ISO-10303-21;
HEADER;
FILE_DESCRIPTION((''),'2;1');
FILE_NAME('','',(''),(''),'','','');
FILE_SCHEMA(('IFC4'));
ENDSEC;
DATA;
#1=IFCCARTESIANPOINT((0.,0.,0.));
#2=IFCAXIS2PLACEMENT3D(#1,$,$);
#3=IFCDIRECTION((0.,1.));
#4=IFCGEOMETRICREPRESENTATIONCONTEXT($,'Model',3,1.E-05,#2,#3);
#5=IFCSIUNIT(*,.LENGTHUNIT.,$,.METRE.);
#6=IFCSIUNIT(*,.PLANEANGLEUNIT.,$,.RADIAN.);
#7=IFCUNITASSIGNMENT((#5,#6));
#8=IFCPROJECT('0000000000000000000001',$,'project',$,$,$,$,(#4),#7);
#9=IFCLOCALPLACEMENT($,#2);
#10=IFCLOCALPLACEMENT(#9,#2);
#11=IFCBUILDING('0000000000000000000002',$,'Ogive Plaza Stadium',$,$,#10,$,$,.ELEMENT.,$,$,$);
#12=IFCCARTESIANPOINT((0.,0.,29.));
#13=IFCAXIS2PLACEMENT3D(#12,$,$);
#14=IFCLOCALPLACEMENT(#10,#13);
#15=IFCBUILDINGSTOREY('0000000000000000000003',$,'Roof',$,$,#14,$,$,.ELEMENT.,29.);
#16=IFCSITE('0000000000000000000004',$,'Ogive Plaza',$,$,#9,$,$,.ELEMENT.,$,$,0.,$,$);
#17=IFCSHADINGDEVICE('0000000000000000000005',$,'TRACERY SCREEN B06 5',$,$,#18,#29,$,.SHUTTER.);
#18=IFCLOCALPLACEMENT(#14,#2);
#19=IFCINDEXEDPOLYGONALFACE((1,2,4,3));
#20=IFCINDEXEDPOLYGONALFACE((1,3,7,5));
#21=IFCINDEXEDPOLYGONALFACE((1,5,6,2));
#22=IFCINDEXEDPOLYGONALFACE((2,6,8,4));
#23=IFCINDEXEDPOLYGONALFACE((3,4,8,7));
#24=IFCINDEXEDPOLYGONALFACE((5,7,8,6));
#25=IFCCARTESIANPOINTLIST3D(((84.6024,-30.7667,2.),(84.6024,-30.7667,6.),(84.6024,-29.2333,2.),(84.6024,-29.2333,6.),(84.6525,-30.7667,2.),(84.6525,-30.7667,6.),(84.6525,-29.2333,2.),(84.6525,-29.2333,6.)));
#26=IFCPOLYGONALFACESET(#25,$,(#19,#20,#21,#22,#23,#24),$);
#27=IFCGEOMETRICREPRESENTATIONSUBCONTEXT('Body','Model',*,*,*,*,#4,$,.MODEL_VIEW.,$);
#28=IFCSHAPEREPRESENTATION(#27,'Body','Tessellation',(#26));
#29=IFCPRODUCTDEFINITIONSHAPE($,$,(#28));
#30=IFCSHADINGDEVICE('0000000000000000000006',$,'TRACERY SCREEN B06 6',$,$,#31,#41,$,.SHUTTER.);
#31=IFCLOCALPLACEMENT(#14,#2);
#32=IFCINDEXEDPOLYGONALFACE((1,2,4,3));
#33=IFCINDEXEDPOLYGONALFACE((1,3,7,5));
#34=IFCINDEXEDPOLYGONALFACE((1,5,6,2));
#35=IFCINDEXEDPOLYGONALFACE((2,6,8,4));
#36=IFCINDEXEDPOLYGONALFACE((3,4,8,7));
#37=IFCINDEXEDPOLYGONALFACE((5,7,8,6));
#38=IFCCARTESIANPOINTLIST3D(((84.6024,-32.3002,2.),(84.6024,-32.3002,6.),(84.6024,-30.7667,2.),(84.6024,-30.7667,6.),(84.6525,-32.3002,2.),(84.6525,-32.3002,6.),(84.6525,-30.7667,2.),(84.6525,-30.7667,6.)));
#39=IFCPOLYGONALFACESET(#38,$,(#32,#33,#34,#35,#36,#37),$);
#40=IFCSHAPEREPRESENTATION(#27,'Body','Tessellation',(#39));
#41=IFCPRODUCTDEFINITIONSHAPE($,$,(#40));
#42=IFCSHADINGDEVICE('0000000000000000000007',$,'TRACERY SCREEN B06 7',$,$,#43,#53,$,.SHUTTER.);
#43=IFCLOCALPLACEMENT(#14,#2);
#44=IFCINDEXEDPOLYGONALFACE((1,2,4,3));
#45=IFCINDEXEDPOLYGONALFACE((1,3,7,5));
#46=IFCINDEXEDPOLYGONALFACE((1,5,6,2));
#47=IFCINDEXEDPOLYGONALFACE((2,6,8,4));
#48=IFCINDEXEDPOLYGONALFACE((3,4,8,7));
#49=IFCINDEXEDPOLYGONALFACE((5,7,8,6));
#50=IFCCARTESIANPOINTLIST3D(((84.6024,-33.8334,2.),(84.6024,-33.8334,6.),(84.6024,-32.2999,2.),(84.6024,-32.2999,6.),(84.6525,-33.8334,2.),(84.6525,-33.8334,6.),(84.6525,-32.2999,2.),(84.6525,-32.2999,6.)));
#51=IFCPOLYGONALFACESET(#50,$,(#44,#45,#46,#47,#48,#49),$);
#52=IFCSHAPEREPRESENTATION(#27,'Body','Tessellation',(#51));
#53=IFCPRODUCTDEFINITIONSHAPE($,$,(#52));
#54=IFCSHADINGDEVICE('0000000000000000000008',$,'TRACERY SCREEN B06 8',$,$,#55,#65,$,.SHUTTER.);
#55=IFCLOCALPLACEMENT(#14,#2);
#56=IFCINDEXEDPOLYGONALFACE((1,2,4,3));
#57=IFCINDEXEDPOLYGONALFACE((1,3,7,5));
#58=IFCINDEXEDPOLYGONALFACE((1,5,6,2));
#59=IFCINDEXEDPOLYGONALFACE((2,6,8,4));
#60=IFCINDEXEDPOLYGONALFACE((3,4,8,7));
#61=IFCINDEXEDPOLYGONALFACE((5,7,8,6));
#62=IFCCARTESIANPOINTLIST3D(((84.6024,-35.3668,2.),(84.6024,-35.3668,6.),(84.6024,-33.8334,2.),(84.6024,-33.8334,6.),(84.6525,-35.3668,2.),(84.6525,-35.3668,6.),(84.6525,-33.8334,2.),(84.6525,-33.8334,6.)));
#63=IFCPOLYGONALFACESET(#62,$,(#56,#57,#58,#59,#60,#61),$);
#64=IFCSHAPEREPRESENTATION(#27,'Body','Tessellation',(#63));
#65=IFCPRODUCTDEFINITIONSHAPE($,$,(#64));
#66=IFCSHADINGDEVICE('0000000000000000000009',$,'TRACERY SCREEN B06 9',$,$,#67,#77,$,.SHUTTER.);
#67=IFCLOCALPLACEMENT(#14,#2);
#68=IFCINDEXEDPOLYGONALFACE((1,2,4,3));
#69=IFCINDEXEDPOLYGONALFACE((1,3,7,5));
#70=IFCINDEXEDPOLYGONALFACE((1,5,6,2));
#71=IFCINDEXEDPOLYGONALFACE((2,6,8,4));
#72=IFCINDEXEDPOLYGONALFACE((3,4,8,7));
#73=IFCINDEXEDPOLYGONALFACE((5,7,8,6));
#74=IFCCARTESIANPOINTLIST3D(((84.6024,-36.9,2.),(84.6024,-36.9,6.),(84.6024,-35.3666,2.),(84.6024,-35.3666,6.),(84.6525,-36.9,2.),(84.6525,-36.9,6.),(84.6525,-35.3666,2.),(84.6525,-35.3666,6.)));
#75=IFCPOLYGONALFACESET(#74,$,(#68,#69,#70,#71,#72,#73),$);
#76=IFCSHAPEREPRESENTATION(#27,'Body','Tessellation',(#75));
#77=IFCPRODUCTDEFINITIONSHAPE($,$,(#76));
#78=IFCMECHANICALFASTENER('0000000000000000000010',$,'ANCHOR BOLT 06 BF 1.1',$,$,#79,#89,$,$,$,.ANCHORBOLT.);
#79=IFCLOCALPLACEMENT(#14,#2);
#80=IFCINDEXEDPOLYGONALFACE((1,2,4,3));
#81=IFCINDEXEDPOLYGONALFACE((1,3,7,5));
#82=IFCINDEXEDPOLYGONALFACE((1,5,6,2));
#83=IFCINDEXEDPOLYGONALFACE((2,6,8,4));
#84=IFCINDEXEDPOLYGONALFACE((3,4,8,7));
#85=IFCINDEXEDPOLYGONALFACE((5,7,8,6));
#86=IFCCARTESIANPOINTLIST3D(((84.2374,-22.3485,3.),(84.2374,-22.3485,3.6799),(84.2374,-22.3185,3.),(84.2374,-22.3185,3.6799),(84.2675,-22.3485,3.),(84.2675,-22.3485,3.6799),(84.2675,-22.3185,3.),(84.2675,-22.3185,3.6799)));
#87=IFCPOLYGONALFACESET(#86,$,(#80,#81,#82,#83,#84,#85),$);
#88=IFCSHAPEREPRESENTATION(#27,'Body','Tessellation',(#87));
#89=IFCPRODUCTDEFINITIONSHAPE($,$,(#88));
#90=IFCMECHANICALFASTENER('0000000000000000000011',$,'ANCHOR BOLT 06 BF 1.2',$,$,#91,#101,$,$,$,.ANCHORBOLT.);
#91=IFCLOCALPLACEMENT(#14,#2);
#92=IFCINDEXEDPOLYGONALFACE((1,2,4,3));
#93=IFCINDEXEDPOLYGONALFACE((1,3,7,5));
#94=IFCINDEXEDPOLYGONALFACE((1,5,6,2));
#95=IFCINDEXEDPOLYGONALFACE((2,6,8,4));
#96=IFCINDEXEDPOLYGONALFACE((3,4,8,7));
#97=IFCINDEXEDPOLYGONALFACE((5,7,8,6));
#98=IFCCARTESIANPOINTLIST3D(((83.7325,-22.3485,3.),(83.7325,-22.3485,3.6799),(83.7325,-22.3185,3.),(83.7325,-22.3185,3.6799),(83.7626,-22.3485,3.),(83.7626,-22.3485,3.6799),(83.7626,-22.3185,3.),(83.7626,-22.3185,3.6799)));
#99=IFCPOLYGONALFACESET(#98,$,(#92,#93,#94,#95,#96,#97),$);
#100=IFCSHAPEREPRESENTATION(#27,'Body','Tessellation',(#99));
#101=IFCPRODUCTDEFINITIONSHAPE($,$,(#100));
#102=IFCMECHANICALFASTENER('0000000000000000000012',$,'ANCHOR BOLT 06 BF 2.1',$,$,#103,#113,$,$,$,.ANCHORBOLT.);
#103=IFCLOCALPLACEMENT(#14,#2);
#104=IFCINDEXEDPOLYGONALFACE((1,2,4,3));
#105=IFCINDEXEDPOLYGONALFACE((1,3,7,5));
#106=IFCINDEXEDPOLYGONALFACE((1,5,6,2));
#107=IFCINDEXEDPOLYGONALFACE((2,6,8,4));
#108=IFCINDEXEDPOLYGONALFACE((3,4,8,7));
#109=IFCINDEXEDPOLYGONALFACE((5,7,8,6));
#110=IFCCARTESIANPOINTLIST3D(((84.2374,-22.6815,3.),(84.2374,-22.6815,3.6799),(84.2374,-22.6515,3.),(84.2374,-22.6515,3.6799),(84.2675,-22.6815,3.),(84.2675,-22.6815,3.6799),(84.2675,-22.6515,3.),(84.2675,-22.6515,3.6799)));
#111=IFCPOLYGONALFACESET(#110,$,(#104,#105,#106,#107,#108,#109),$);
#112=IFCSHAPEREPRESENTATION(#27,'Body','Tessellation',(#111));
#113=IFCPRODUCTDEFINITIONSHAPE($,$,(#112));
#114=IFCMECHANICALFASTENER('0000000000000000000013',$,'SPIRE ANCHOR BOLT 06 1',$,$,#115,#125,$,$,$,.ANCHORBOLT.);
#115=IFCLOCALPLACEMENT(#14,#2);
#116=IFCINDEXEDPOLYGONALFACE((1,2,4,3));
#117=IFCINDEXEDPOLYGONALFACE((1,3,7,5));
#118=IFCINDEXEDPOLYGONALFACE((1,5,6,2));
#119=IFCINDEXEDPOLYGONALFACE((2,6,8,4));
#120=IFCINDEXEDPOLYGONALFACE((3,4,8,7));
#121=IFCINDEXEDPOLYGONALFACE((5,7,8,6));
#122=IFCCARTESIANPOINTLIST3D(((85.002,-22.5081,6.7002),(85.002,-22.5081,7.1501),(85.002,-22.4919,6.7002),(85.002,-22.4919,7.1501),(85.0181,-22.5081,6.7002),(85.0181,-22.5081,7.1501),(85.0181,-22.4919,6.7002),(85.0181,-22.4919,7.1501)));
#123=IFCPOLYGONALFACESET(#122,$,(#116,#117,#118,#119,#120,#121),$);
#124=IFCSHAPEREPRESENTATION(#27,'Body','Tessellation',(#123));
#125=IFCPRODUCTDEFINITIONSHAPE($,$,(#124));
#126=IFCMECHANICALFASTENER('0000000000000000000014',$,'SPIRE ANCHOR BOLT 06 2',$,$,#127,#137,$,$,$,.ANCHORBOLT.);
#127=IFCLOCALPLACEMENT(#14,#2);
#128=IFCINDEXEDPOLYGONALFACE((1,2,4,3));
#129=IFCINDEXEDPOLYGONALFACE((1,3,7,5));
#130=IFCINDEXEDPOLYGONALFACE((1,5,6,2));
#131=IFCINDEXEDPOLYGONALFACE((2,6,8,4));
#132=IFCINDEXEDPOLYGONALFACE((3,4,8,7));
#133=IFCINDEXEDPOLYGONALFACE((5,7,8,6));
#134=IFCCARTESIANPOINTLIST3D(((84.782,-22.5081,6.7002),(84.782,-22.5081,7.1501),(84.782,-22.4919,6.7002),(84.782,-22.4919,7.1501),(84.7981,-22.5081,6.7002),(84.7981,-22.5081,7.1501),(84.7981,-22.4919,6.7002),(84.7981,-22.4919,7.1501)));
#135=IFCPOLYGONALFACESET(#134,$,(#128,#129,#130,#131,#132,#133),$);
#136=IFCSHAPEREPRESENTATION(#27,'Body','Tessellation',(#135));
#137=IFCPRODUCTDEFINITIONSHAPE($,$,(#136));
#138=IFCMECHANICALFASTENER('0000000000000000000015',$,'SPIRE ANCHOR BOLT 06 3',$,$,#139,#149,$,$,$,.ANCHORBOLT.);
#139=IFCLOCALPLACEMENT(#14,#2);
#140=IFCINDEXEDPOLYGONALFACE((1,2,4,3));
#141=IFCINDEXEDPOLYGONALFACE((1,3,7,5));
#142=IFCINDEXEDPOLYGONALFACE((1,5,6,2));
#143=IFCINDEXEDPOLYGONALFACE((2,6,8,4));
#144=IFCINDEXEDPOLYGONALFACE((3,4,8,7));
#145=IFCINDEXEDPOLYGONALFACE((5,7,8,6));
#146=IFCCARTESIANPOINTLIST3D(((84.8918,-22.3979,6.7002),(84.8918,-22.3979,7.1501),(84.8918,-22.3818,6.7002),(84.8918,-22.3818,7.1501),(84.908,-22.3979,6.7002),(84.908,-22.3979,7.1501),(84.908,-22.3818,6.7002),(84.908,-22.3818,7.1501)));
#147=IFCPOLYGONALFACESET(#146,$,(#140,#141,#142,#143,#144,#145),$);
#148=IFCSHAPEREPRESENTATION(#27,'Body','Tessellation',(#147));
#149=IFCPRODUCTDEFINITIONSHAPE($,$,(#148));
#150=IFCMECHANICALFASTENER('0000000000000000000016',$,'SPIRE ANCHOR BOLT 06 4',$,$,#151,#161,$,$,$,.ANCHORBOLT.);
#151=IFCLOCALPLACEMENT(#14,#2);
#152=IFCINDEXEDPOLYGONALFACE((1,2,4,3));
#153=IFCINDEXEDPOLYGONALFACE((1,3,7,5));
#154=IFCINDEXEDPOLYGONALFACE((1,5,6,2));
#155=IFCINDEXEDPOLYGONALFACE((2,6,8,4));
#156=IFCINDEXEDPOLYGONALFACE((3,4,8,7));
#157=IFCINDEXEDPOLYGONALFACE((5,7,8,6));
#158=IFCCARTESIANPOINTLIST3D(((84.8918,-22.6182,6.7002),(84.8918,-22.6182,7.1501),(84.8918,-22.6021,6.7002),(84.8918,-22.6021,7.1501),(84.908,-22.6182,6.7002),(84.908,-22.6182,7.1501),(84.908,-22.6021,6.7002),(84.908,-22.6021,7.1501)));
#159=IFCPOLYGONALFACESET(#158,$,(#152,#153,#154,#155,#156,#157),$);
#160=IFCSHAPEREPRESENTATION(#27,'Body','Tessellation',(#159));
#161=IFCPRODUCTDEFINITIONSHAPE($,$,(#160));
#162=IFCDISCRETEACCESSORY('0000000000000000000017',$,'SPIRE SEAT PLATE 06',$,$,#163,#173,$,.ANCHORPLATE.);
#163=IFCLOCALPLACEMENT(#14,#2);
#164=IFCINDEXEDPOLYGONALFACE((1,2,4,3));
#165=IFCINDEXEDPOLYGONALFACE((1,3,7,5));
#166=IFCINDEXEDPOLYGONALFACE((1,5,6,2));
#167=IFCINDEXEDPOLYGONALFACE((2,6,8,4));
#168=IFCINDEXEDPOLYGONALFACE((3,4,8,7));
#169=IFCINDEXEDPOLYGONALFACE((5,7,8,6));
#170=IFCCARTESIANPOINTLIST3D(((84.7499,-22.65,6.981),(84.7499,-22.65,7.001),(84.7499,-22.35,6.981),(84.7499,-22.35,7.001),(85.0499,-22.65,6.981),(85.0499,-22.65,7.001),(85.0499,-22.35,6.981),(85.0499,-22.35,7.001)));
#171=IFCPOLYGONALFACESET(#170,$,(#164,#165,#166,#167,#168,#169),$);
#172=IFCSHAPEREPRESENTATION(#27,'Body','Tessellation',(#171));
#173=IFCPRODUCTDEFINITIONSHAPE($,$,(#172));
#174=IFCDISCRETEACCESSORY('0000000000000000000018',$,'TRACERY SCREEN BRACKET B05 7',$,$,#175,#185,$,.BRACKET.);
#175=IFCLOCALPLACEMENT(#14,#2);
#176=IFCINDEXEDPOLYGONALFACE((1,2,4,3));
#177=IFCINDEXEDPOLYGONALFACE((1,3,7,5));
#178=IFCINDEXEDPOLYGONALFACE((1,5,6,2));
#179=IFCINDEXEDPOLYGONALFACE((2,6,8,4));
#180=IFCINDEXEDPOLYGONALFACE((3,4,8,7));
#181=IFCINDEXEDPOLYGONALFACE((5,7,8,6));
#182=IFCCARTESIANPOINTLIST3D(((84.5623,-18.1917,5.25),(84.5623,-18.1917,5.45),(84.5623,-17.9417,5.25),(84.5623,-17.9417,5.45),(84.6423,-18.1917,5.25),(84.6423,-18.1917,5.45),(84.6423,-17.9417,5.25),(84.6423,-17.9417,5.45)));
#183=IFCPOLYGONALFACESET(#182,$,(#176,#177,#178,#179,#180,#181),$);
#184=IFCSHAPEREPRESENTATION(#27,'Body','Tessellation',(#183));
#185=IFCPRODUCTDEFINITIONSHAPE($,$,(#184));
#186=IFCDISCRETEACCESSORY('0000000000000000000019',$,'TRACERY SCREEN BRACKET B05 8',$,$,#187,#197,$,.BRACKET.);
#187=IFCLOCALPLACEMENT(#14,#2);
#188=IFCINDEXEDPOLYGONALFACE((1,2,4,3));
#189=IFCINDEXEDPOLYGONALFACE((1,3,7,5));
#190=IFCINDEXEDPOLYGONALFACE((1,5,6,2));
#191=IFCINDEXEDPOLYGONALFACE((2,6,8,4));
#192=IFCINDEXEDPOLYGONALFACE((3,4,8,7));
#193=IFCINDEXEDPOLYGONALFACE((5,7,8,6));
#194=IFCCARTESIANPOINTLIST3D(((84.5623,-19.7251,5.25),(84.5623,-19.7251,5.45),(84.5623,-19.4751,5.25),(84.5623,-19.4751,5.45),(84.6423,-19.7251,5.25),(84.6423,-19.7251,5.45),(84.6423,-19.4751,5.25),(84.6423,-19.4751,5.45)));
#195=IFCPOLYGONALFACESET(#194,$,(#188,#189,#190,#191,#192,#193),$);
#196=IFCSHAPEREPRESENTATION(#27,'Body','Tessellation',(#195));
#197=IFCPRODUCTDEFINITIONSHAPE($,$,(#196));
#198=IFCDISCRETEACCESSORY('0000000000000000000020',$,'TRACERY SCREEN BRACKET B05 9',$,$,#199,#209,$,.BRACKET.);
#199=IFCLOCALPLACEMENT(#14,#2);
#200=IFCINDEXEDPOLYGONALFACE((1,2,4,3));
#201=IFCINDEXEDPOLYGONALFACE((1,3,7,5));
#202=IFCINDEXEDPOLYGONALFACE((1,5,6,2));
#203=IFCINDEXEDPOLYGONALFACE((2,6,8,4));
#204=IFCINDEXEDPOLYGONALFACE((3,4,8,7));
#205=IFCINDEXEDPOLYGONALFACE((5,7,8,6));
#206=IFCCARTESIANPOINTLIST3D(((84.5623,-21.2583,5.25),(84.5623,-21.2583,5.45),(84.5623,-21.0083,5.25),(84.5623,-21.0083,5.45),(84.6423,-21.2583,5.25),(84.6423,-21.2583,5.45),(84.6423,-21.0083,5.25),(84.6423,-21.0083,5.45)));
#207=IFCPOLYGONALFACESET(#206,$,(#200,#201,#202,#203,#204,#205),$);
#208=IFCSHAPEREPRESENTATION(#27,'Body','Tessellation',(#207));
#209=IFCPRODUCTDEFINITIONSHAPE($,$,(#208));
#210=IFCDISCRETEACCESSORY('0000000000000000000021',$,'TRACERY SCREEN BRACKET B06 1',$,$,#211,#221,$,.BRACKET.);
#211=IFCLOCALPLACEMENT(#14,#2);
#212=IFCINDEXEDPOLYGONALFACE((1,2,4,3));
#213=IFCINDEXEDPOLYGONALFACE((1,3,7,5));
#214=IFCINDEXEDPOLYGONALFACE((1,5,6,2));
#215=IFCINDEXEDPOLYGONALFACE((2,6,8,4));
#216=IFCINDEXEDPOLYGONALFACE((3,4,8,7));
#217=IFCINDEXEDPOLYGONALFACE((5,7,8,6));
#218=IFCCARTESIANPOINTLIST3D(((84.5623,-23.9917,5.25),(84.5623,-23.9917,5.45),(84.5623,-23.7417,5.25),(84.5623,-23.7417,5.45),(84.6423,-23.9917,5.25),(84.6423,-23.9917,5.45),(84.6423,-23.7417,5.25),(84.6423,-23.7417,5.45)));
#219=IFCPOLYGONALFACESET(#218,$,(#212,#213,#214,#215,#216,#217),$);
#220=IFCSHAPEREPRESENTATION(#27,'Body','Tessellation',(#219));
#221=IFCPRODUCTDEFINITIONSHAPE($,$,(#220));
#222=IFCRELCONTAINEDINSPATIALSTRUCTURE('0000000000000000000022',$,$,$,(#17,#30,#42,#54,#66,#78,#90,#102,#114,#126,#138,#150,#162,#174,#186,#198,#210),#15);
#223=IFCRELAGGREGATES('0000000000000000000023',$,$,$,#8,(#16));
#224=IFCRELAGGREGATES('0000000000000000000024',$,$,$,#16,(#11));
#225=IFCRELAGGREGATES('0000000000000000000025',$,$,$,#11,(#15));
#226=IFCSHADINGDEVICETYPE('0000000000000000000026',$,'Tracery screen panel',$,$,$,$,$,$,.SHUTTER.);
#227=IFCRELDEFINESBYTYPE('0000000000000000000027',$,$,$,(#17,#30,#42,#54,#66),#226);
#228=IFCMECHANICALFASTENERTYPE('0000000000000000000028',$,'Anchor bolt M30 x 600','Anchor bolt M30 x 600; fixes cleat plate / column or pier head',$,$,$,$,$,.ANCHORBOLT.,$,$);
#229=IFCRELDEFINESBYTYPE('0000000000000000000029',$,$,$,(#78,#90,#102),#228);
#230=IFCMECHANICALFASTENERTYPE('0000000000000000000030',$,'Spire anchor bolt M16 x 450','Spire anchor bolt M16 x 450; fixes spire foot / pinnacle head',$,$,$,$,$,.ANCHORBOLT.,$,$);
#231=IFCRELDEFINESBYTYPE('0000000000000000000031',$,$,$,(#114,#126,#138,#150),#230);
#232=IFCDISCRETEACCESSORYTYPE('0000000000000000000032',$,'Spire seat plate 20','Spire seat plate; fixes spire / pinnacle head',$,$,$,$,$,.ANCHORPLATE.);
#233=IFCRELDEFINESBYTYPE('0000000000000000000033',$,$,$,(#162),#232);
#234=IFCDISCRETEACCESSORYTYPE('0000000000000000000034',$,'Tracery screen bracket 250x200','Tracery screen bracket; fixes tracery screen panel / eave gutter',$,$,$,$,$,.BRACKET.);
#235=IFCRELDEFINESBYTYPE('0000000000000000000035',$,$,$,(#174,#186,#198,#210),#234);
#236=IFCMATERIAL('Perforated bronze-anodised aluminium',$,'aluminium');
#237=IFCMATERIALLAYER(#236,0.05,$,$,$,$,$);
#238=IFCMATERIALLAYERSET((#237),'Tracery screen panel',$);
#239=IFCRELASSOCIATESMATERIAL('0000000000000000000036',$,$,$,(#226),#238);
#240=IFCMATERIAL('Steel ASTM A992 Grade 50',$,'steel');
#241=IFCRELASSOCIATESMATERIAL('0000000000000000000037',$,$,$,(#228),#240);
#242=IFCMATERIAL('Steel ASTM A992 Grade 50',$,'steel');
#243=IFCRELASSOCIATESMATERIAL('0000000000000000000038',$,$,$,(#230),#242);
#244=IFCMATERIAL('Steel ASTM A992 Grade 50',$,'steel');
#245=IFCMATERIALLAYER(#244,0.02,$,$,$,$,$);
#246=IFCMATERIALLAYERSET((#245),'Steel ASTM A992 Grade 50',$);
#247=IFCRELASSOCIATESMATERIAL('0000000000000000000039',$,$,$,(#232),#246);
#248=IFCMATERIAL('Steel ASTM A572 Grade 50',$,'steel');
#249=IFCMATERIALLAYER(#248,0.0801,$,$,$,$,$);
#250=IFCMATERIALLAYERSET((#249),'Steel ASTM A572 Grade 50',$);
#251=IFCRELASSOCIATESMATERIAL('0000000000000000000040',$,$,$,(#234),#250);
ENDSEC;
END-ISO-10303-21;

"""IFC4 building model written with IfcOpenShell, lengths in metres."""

from ifc_helpers import new_model, si_unit, direction, frame, origin, origin_2d, place, context, subcontext, project, spatial, rectangle, extrude, material, layer, layer_set, type_object, element, save


model = new_model("IFC4")

# Units and contexts
model_context = context("Model", 3, precision=1e-05, world=origin(), true_north=direction((0.0, 1.0)))
body_context = subcontext(model_context, "Body", "Model", "MODEL_VIEW")
ifc_project = project(units=[si_unit("LENGTHUNIT", "METRE"), si_unit("PLANEANGLEUNIT", "RADIAN")], contexts=[model_context])

# Site, building, storey
site_placement = place(None, origin())
site = spatial("IfcSite", under=ifc_project, at=site_placement, Name="Ogive Plaza", CompositionType="ELEMENT", RefElevation=0.0)
building_placement = place(site_placement, origin())
building = spatial("IfcBuilding", under=site, at=building_placement, Name="Ogive Plaza Stadium", CompositionType="ELEMENT")
storey_placement = place(building_placement, frame((0.0, 0.0, 29.0)))
storey = spatial("IfcBuildingStorey", under=building, at=storey_placement, Name="Roof", CompositionType="ELEMENT", Elevation=29.0)

# Shading devices
ifc_material_1 = material(Name="Perforated bronze-anodised aluminium", Category="aluminium")
ifc_layer_1 = layer(ifc_material_1, 0.05)
ifc_layer_set_1 = layer_set([ifc_layer_1], Name="Tracery screen panel")
shading_device_type = type_object("IfcShadingDeviceType", Name="Tracery screen panel", PredefinedType="SHUTTER", material=ifc_layer_set_1)
for number, where, z_axis, x_axis, name in (
    (1, (84.6274, -30.0, 2.0), (0.0, 0.0, 1.0), (0.0, -1.0, 0.0), "TRACERY SCREEN B06 5"),
    (2, (84.6274, -31.5334, 2.0), (0.0, 0.0, 1.0), (0.0, -1.0, 0.0), "TRACERY SCREEN B06 6"),
    (3, (84.6274, -33.0667, 2.0), (0.0, 0.0, 1.0), (0.0, -1.0, 0.0), "TRACERY SCREEN B06 7"),
    (4, (84.6274, -34.6001, 2.0), (0.0, 0.0, 1.0), (0.0, -1.0, 0.0), "TRACERY SCREEN B06 8"),
    (5, (84.6274, -36.1333, 2.0), (0.0, 0.0, 1.0), (0.0, -1.0, 0.0), "TRACERY SCREEN B06 9"),
):
    element("IfcShadingDevice", number, at=place(storey_placement, frame(where, z_axis=z_axis, x_axis=x_axis)), inside=storey, type_object=shading_device_type, Name=name, PredefinedType="SHUTTER", context=body_context, shape_type="SweptSolid", body=[
        extrude(rectangle(XDim=1.5334, YDim=0.05, at=origin_2d()), origin(), (0.0, 0.0, 1.0), 4.0),
    ])

# Mechanical fasteners
ifc_material_2 = material(Name="Steel ASTM A992 Grade 50", Category="steel")
mechanical_fastener_type_1 = type_object("IfcMechanicalFastenerType", Name="Anchor bolt M30 x 600", Description="Anchor bolt M30 x 600; fixes cleat plate / column or pier head", PredefinedType="ANCHORBOLT", material=ifc_material_2)
for number, where, z_axis, x_axis, name in (
    (6, (84.2524, -22.3335, 3.0), (0.0, 0.0, 1.0), (1.0, 0.0, 0.0), "ANCHOR BOLT 06 BF 1.1"),
    (7, (83.7476, -22.3335, 3.0), (0.0, 0.0, 1.0), (1.0, 0.0, 0.0), "ANCHOR BOLT 06 BF 1.2"),
    (8, (84.2524, -22.6665, 3.0), (0.0, 0.0, 1.0), (1.0, 0.0, 0.0), "ANCHOR BOLT 06 BF 2.1"),
):
    element("IfcMechanicalFastener", number, at=place(storey_placement, frame(where, z_axis=z_axis, x_axis=x_axis)), inside=storey, type_object=mechanical_fastener_type_1, Name=name, PredefinedType="ANCHORBOLT", context=body_context, shape_type="SweptSolid", body=[
        extrude(rectangle(XDim=0.03, YDim=0.03, at=origin_2d()), origin(), (0.0, 0.0, 1.0), 0.6799),
    ])
ifc_material_3 = material(Name="Steel ASTM A992 Grade 50", Category="steel")
mechanical_fastener_type_2 = type_object("IfcMechanicalFastenerType", Name="Spire anchor bolt M16 x 450", Description="Spire anchor bolt M16 x 450; fixes spire foot / pinnacle head", PredefinedType="ANCHORBOLT", material=ifc_material_3)
for number, where, z_axis, x_axis, name in (
    (9, (85.01, -22.5, 6.7002), (0.0, 0.0, 1.0), (1.0, 0.0, 0.0), "SPIRE ANCHOR BOLT 06 1"),
    (10, (84.79, -22.5, 6.7002), (0.0, 0.0, 1.0), (1.0, 0.0, 0.0), "SPIRE ANCHOR BOLT 06 2"),
    (11, (84.8999, -22.3899, 6.7002), (0.0, 0.0, 1.0), (1.0, 0.0, 0.0), "SPIRE ANCHOR BOLT 06 3"),
    (12, (84.8999, -22.6101, 6.7002), (0.0, 0.0, 1.0), (1.0, 0.0, 0.0), "SPIRE ANCHOR BOLT 06 4"),
):
    element("IfcMechanicalFastener", number, at=place(storey_placement, frame(where, z_axis=z_axis, x_axis=x_axis)), inside=storey, type_object=mechanical_fastener_type_2, Name=name, PredefinedType="ANCHORBOLT", context=body_context, shape_type="SweptSolid", body=[
        extrude(rectangle(XDim=0.0161, YDim=0.0161, at=origin_2d()), origin(), (0.0, 0.0, 1.0), 0.45),
    ])

# Discrete accessories
ifc_material_4 = material(Name="Steel ASTM A992 Grade 50", Category="steel")
ifc_layer_2 = layer(ifc_material_4, 0.02)
ifc_layer_set_2 = layer_set([ifc_layer_2], Name="Steel ASTM A992 Grade 50")
discrete_accessory_type_1 = type_object("IfcDiscreteAccessoryType", Name="Spire seat plate 20", Description="Spire seat plate; fixes spire / pinnacle head", PredefinedType="ANCHORPLATE", material=ifc_layer_set_2)
discrete_accessory_placement = place(storey_placement, frame((84.8999, -22.5, 6.981), z_axis=(0.0, 0.0, 1.0), x_axis=(1.0, 0.0, 0.0)))
element("IfcDiscreteAccessory", 13, at=discrete_accessory_placement, inside=storey, type_object=discrete_accessory_type_1, Name="SPIRE SEAT PLATE 06", PredefinedType="ANCHORPLATE", context=body_context, shape_type="SweptSolid", body=[
    extrude(rectangle(XDim=0.3, YDim=0.3, at=origin_2d()), origin(), (0.0, 0.0, 1.0), 0.02),
])
ifc_material_5 = material(Name="Steel ASTM A572 Grade 50", Category="steel")
ifc_layer_3 = layer(ifc_material_5, 0.0801)
ifc_layer_set_3 = layer_set([ifc_layer_3], Name="Steel ASTM A572 Grade 50")
discrete_accessory_type_2 = type_object("IfcDiscreteAccessoryType", Name="Tracery screen bracket 250x200", Description="Tracery screen bracket; fixes tracery screen panel / eave gutter", PredefinedType="BRACKET", material=ifc_layer_set_3)
for number, where, z_axis, x_axis, name in (
    (14, (84.6023, -18.0667, 5.25), (0.0, 0.0, 1.0), (0.0, -1.0, 0.0), "TRACERY SCREEN BRACKET B05 7"),
    (15, (84.6023, -19.6001, 5.25), (0.0, 0.0, 1.0), (0.0, -1.0, 0.0), "TRACERY SCREEN BRACKET B05 8"),
    (16, (84.6023, -21.1333, 5.25), (0.0, 0.0, 1.0), (0.0, -1.0, 0.0), "TRACERY SCREEN BRACKET B05 9"),
    (17, (84.6023, -23.8667, 5.25), (0.0, 0.0, 1.0), (0.0, -1.0, 0.0), "TRACERY SCREEN BRACKET B06 1"),
):
    element("IfcDiscreteAccessory", number, at=place(storey_placement, frame(where, z_axis=z_axis, x_axis=x_axis)), inside=storey, type_object=discrete_accessory_type_2, Name=name, PredefinedType="BRACKET", context=body_context, shape_type="SweptSolid", body=[
        extrude(rectangle(XDim=0.25, YDim=0.0801, at=origin_2d()), origin(), (0.0, 0.0, 1.0), 0.2),
    ])

save(model, "model.ifc")
